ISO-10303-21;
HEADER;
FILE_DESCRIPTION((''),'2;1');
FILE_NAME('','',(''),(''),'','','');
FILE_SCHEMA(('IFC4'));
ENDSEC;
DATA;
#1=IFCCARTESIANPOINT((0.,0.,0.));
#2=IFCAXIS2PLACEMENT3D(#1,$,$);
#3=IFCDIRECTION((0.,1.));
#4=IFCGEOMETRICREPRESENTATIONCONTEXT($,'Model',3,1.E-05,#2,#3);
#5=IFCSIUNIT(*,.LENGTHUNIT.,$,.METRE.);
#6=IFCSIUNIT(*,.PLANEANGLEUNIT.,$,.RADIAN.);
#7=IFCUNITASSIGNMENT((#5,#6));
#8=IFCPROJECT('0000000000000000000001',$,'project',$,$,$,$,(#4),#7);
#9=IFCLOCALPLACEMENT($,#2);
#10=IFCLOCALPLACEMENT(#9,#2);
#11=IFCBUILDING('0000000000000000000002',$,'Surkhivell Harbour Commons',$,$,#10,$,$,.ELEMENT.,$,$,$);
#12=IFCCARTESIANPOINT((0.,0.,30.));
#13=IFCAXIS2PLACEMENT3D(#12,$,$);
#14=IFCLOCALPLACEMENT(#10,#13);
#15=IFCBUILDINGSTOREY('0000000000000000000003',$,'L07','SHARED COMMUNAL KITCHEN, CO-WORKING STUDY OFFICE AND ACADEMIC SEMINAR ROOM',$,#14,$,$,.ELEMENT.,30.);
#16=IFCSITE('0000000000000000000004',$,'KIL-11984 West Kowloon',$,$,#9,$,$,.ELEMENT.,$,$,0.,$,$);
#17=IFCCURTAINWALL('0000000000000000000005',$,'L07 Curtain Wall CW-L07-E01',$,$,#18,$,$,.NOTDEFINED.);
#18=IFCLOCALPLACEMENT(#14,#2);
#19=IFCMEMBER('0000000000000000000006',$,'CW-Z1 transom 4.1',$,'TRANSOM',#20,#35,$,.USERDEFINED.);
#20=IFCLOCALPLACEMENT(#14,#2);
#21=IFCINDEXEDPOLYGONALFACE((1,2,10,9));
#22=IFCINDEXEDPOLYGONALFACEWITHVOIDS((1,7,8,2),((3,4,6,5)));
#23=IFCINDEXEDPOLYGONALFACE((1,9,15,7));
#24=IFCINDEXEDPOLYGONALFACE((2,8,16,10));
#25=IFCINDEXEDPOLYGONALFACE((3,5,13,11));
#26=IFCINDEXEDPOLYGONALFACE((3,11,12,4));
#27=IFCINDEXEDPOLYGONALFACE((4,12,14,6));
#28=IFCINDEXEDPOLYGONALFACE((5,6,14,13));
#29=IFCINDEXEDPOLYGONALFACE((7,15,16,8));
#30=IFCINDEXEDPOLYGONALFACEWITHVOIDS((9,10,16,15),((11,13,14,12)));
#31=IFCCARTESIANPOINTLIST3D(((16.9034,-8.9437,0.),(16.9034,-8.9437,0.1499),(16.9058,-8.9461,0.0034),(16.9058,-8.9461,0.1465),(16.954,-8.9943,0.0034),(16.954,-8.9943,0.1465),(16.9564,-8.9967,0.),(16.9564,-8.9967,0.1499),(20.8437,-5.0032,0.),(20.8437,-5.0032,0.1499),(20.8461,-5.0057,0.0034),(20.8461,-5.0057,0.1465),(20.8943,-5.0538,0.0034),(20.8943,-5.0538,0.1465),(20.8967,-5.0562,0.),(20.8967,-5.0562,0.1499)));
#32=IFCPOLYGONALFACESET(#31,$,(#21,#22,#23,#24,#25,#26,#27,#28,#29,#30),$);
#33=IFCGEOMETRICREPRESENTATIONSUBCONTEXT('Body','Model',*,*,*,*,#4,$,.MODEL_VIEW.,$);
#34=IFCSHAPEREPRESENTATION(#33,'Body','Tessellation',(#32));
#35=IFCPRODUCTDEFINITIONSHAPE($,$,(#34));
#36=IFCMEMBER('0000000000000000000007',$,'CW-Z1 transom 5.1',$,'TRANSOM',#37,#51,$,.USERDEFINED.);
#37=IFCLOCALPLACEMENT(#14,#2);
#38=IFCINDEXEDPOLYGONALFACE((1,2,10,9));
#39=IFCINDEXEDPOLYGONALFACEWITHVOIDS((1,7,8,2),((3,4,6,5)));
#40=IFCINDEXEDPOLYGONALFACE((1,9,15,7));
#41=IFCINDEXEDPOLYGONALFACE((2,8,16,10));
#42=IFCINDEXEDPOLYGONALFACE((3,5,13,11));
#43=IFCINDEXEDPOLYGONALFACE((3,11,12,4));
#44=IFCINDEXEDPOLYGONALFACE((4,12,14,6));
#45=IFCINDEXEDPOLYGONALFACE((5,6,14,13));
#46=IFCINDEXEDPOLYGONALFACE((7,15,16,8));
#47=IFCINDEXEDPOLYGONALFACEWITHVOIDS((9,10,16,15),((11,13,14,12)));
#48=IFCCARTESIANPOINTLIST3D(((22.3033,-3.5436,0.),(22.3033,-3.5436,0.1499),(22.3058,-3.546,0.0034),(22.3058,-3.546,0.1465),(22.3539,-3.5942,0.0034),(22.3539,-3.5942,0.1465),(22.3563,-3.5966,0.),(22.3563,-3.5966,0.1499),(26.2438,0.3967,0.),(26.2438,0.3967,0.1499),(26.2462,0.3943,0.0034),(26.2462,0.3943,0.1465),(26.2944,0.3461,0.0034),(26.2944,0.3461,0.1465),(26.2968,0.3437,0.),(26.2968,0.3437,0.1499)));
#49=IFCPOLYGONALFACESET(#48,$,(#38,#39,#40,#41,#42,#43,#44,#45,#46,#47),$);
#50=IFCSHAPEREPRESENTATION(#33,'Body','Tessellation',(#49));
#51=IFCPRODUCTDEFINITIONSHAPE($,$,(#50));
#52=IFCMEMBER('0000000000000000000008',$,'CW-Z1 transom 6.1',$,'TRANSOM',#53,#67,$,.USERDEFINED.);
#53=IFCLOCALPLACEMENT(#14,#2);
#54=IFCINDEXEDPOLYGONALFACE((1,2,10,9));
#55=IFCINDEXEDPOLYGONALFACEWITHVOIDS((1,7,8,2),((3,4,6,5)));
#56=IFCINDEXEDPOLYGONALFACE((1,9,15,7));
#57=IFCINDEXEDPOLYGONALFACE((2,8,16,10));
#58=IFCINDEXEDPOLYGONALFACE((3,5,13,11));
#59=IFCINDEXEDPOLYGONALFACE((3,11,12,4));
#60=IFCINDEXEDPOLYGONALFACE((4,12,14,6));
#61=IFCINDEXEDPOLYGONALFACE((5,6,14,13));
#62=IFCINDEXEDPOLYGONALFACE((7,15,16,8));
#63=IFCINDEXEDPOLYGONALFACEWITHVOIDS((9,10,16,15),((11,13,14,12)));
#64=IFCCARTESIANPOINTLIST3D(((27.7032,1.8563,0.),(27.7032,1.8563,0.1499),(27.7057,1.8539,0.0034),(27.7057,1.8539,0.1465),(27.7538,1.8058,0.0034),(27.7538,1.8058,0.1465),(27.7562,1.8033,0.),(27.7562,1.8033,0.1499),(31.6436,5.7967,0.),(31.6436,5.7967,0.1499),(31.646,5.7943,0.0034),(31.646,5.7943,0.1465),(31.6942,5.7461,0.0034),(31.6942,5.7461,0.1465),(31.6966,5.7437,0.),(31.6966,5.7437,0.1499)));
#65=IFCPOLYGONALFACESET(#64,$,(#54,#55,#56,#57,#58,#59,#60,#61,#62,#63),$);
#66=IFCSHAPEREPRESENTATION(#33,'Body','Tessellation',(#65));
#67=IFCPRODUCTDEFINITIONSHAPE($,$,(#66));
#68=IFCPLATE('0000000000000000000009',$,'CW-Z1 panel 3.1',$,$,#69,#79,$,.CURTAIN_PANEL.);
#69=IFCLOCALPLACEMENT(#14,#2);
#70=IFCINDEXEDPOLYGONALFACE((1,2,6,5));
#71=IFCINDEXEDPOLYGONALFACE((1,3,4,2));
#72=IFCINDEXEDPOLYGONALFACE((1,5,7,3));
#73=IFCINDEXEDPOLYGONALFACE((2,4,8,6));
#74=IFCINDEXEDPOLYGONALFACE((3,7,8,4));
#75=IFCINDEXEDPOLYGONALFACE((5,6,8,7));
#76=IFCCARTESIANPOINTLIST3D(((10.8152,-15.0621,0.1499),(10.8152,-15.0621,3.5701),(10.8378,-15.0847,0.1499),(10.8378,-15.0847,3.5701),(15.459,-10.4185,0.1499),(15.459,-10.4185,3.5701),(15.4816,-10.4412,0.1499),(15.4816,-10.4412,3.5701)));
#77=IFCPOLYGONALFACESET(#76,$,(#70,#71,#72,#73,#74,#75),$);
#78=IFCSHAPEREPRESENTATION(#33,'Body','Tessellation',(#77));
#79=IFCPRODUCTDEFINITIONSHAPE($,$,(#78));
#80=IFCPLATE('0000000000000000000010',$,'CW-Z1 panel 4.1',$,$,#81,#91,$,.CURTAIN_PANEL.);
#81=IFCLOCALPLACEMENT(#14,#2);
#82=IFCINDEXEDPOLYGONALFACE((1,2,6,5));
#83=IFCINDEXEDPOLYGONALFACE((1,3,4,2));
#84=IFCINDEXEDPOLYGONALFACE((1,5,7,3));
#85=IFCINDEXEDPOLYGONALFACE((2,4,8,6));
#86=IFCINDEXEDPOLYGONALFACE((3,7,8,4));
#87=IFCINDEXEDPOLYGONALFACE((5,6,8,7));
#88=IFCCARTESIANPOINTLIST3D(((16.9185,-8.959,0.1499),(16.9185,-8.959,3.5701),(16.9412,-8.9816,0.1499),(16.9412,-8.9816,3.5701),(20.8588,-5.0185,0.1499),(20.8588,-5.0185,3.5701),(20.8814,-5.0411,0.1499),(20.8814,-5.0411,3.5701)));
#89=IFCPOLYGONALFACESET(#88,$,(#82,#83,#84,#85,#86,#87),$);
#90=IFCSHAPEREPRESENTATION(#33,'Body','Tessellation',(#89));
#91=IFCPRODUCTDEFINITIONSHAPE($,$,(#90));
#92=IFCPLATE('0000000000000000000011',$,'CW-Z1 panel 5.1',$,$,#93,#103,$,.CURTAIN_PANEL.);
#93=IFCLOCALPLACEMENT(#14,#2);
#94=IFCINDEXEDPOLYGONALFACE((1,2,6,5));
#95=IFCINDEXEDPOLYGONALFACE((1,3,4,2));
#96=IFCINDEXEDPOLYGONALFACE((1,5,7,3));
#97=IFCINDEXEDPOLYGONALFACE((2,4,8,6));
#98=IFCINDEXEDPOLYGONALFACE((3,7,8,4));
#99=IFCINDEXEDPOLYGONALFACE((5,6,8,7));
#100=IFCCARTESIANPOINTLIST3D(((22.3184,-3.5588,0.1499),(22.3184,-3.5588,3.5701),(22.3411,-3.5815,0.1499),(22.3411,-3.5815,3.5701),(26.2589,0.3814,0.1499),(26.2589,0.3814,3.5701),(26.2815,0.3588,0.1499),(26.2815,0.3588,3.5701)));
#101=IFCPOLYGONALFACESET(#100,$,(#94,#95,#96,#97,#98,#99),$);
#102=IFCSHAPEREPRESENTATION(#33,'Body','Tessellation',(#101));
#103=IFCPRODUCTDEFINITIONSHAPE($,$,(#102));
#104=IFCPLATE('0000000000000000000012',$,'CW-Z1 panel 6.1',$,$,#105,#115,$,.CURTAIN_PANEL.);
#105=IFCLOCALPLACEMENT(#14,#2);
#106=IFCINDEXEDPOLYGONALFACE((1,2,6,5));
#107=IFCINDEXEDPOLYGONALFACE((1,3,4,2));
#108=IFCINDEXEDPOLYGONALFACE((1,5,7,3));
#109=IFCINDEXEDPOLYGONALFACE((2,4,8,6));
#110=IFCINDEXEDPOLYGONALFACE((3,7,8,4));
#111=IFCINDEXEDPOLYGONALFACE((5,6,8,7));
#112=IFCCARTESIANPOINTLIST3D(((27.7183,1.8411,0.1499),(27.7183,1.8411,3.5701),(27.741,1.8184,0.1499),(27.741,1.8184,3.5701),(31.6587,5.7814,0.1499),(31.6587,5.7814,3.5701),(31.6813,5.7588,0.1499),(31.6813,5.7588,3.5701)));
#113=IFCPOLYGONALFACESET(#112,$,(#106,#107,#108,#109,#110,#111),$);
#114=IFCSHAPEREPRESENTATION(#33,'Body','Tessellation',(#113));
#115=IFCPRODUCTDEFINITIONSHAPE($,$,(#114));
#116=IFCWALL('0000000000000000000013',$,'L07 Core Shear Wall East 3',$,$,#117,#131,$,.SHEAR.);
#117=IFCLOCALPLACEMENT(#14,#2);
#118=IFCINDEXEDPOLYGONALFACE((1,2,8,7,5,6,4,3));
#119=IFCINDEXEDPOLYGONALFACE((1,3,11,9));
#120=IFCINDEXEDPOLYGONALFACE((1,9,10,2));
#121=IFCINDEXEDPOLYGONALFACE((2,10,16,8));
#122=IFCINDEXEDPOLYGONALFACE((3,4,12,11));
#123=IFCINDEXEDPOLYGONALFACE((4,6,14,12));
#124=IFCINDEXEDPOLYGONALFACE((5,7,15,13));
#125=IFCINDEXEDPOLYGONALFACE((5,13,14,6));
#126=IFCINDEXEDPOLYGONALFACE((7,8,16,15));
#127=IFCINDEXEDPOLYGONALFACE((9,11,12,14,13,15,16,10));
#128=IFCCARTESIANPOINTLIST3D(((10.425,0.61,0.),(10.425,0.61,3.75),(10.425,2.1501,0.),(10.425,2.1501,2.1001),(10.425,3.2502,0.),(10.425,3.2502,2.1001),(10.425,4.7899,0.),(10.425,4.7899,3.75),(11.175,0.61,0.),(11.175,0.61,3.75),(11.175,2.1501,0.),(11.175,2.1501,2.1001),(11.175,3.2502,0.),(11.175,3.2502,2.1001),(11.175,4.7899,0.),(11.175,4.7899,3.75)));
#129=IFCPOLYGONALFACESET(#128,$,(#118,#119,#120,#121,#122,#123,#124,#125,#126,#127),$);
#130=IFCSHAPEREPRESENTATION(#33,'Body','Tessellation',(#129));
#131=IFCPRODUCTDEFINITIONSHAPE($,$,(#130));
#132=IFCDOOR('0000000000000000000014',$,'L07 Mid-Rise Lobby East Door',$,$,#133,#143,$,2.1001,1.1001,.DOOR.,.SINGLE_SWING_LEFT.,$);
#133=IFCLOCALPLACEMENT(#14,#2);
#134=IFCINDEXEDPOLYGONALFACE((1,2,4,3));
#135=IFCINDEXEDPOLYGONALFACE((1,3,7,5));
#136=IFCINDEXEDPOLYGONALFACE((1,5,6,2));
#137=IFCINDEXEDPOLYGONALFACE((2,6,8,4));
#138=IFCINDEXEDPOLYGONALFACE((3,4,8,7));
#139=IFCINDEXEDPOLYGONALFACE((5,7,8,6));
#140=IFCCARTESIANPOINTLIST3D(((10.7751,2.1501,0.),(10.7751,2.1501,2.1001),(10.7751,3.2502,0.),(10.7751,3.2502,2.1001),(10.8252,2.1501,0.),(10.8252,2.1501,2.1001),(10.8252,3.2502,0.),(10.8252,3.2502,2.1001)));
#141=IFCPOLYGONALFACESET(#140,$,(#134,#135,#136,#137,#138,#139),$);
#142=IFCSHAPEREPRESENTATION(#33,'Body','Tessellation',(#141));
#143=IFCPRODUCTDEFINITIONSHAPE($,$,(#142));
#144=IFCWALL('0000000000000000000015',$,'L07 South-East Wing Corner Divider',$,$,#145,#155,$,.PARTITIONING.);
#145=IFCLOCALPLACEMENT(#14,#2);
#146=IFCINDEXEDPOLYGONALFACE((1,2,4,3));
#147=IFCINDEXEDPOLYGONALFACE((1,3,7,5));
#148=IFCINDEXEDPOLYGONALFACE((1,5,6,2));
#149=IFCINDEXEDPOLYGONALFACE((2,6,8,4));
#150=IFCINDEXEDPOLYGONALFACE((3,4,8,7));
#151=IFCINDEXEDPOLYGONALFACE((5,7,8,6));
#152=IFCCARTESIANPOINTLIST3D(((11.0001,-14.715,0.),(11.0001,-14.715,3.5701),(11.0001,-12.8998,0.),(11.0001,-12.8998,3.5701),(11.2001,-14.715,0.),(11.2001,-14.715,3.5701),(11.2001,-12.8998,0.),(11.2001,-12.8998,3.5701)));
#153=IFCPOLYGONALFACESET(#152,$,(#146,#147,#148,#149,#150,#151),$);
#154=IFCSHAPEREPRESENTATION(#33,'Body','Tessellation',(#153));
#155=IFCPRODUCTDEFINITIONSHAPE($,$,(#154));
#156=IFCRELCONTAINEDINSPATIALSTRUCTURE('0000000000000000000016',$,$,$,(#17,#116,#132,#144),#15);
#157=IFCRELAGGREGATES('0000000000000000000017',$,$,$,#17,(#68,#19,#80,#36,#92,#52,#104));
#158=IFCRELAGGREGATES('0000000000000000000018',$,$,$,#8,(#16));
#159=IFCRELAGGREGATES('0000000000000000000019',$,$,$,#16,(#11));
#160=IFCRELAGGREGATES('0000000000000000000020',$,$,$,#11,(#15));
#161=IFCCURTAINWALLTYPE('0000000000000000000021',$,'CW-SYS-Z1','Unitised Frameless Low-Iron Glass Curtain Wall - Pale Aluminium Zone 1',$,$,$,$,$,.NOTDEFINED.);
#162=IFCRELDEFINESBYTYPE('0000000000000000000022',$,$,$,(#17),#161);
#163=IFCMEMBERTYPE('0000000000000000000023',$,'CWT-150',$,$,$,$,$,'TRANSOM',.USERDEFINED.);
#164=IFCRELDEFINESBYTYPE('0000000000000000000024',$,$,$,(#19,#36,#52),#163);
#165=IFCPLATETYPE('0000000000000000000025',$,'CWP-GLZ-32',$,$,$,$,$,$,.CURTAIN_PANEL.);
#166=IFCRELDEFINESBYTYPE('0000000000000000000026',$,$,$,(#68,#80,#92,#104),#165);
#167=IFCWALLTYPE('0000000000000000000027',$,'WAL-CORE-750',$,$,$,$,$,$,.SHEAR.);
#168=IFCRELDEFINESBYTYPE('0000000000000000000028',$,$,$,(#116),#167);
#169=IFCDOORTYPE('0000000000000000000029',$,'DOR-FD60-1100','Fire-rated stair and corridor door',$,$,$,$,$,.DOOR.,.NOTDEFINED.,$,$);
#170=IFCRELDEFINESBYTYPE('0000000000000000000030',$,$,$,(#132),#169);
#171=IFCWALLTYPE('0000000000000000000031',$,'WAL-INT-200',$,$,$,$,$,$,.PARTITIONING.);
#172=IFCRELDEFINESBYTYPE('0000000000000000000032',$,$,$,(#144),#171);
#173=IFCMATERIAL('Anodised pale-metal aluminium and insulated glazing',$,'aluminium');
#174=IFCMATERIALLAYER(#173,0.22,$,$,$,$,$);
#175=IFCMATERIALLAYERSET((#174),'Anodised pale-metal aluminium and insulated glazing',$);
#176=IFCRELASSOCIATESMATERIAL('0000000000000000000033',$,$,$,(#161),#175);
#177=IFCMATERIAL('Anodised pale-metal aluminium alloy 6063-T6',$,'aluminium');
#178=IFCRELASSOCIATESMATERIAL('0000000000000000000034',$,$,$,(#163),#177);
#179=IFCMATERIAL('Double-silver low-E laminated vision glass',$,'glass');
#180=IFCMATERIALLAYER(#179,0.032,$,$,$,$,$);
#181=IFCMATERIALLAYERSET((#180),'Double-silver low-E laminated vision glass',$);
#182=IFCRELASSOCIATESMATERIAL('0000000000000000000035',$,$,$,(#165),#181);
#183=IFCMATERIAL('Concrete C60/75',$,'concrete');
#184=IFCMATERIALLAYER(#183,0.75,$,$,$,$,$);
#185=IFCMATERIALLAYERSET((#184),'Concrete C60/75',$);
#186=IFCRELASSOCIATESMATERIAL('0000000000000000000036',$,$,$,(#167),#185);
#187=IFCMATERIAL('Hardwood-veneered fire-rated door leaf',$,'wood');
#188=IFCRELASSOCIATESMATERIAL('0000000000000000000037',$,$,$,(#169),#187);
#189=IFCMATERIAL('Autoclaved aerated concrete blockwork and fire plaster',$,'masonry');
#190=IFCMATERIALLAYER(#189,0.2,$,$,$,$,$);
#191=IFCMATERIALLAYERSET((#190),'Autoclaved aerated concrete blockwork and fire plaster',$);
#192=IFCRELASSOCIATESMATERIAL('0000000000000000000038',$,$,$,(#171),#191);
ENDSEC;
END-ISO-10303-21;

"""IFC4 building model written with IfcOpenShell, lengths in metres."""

from ifc_helpers import new_model, si_unit, direction, frame, frame_2d, origin, origin_2d, place, context, subcontext, project, spatial, rectangle, hollow_rectangle, extrude, material, layer, layer_set, material_profile, profile_set, type_object, element, fill, aggregate, save


model = new_model("IFC4")

# Units and contexts
model_context = context("Model", 3, precision=1e-05, world=origin(), true_north=direction((0.0, 1.0)))
body_context = subcontext(model_context, "Body", "Model", "MODEL_VIEW")
ifc_project = project(units=[si_unit("LENGTHUNIT", "METRE"), si_unit("PLANEANGLEUNIT", "RADIAN")], contexts=[model_context])

# Site, building, storey
site_placement = place(None, origin())
site = spatial("IfcSite", under=ifc_project, at=site_placement, Name="KIL-11984 West Kowloon", CompositionType="ELEMENT", RefElevation=0.0)
building_placement = place(site_placement, origin())
building = spatial("IfcBuilding", under=site, at=building_placement, Name="Surkhivell Harbour Commons", CompositionType="ELEMENT")
storey_placement = place(building_placement, frame((0.0, 0.0, 30.0)))
storey = spatial("IfcBuildingStorey", under=building, at=storey_placement, Name="L07", Description="SHARED COMMUNAL KITCHEN, CO-WORKING STUDY OFFICE AND ACADEMIC SEMINAR ROOM", CompositionType="ELEMENT", Elevation=30.0)

# Curtain wall, members, plates
ifc_material_1 = material(Name="Anodised pale-metal aluminium and insulated glazing", Category="aluminium")
ifc_layer_1 = layer(ifc_material_1, 0.22)
ifc_layer_set_1 = layer_set([ifc_layer_1], Name="Anodised pale-metal aluminium and insulated glazing")
curtain_wall_type = type_object("IfcCurtainWallType", Name="CW-SYS-Z1", Description="Unitised Frameless Low-Iron Glass Curtain Wall - Pale Aluminium Zone 1", PredefinedType="NOTDEFINED", material=ifc_layer_set_1)
curtain_wall_placement = place(storey_placement, origin())
curtain_wall = element("IfcCurtainWall", 1, at=curtain_wall_placement, inside=storey, type_object=curtain_wall_type, Name="L07 Curtain Wall CW-L07-E01", PredefinedType="NOTDEFINED")
ifc_material_2 = material(Name="Anodised pale-metal aluminium alloy 6063-T6", Category="aluminium")
ifc_material_profile_1 = material_profile(ifc_material_2, hollow_rectangle(XDim=0.075, YDim=0.1499, WallThickness=0.0034, at=origin_2d()), Name="ALU-TRAN-75x150")
ifc_profile_set_1 = profile_set([ifc_material_profile_1], Name="Anodised pale-metal aluminium alloy 6063-T6")
member_type_1 = type_object("IfcMemberType", Name="CWT-150", ElementType="TRANSOM", PredefinedType="USERDEFINED", material=ifc_profile_set_1)
member_1_placement = place(storey_placement, frame((16.9299, -8.9702, 0.075), z_axis=(0.707085, 0.707129, 0.0), x_axis=(-0.707129, 0.707085, 0.0)))
member_1 = element("IfcMember", 2, at=member_1_placement, type_object=member_type_1, Name="CW-Z1 transom 4.1", ObjectType="TRANSOM", PredefinedType="USERDEFINED", context=body_context, shape_type="SweptSolid", body=[
    extrude(hollow_rectangle(XDim=0.075, YDim=0.1499, WallThickness=0.0034, at=origin_2d()), origin(), (0.0, 0.0, 1.0), 5.5725),
])
member_2_placement = place(storey_placement, frame((22.3298, -3.5701, 0.075), z_axis=(0.707129, 0.707085, 0.0), x_axis=(-0.707085, 0.707129, 0.0)))
member_2 = element("IfcMember", 3, at=member_2_placement, type_object=member_type_1, Name="CW-Z1 transom 5.1", ObjectType="TRANSOM", PredefinedType="USERDEFINED", context=body_context, shape_type="SweptSolid", body=[
    extrude(hollow_rectangle(XDim=0.075, YDim=0.1499, WallThickness=0.0034, at=origin_2d()), origin(), (0.0, 0.0, 1.0), 5.5725),
])
member_3_placement = place(storey_placement, frame((27.7297, 1.8298, 0.075), z_axis=(0.707107, 0.707107, 0.0), x_axis=(-0.707107, 0.707107, 0.0)))
member_3 = element("IfcMember", 4, at=member_3_placement, type_object=member_type_1, Name="CW-Z1 transom 6.1", ObjectType="TRANSOM", PredefinedType="USERDEFINED", context=body_context, shape_type="SweptSolid", body=[
    extrude(hollow_rectangle(XDim=0.075, YDim=0.1499, WallThickness=0.0034, at=origin_2d()), origin(), (0.0, 0.0, 1.0), 5.5725),
])
ifc_material_3 = material(Name="Double-silver low-E laminated vision glass", Category="glass")
ifc_layer_2 = layer(ifc_material_3, 0.032)
ifc_layer_set_2 = layer_set([ifc_layer_2], Name="Double-silver low-E laminated vision glass")
plate_type = type_object("IfcPlateType", Name="CWP-GLZ-32", PredefinedType="CURTAIN_PANEL", material=ifc_layer_set_2)
plate_1_placement = place(storey_placement, frame((10.8264, -15.0735, 0.1499), z_axis=(0.0, 0.0, 1.0), x_axis=(0.707125, 0.707088, 0.0)))
plate_1 = element("IfcPlate", 5, at=plate_1_placement, type_object=plate_type, Name="CW-Z1 panel 3.1", PredefinedType="CURTAIN_PANEL", context=body_context, shape_type="SweptSolid", body=[
    extrude(rectangle(XDim=6.5671, YDim=0.032, at=frame_2d((3.2837, 0.0))), origin(), (0.0, 0.0, 1.0), 3.4202),
])
plate_2_placement = place(storey_placement, frame((16.9299, -8.9702, 0.1499), z_axis=(0.0, 0.0, 1.0), x_axis=(0.707085, 0.707129, 0.0)))
plate_2 = element("IfcPlate", 6, at=plate_2_placement, type_object=plate_type, Name="CW-Z1 panel 4.1", PredefinedType="CURTAIN_PANEL", context=body_context, shape_type="SweptSolid", body=[
    extrude(rectangle(XDim=5.5725, YDim=0.032, at=frame_2d((2.7861, 0.0))), origin(), (0.0, 0.0, 1.0), 3.4202),
])
plate_3_placement = place(storey_placement, frame((22.3298, -3.5701, 0.1499), z_axis=(0.0, 0.0, 1.0), x_axis=(0.707129, 0.707085, 0.0)))
plate_3 = element("IfcPlate", 7, at=plate_3_placement, type_object=plate_type, Name="CW-Z1 panel 5.1", PredefinedType="CURTAIN_PANEL", context=body_context, shape_type="SweptSolid", body=[
    extrude(rectangle(XDim=5.5725, YDim=0.032, at=frame_2d((2.7861, 0.0))), origin(), (0.0, 0.0, 1.0), 3.4202),
])
plate_4_placement = place(storey_placement, frame((27.7297, 1.8298, 0.1499), z_axis=(0.0, 0.0, 1.0), x_axis=(0.707107, 0.707107, 0.0)))
plate_4 = element("IfcPlate", 8, at=plate_4_placement, type_object=plate_type, Name="CW-Z1 panel 6.1", PredefinedType="CURTAIN_PANEL", context=body_context, shape_type="SweptSolid", body=[
    extrude(rectangle(XDim=5.5725, YDim=0.032, at=frame_2d((2.7861, 0.0))), origin(), (0.0, 0.0, 1.0), 3.4202),
])
aggregate(curtain_wall, [plate_1, member_1, plate_2, member_2, plate_3, member_3, plate_4])

# Wall, opening, door
ifc_material_4 = material(Name="Concrete C60/75", Category="concrete")
ifc_layer_3 = layer(ifc_material_4, 0.75)
ifc_layer_set_3 = layer_set([ifc_layer_3], Name="Concrete C60/75")
wall_type_1 = type_object("IfcWallType", Name="WAL-CORE-750", PredefinedType="SHEAR", material=ifc_layer_set_3)
wall_1_placement = place(storey_placement, frame((10.8, 0.6101, 0.0), z_axis=(0.0, 0.0, 1.0), x_axis=(0.0, 1.0, 0.0)))
wall_1 = element("IfcWall", 9, at=wall_1_placement, inside=storey, type_object=wall_type_1, Name="L07 Core Shear Wall East 3", PredefinedType="SHEAR", context=body_context, shape_type="SweptSolid", body=[
    extrude(rectangle(XDim=4.1799, YDim=0.75, at=frame_2d((2.0898, 0.0))), origin(), (0.0, 0.0, 1.0), 3.75),
])
opening_1_placement = place(wall_1_placement, frame((1.54, 0.0, 0.0)))
opening_1 = element("IfcOpeningElement", 10, at=opening_1_placement, cuts=wall_1, PredefinedType="OPENING", context=body_context, shape_type="SweptSolid", body=[
    extrude(rectangle(XDim=1.1001, YDim=2.1001, at=frame_2d((0.55, 1.05))), frame((0.0, 0.385, 0.0), z_axis=(0.0, -1.0, 0.0), x_axis=(1.0, 0.0, 0.0)), (0.0, 0.0, 1.0), 0.77),
])
ifc_material_5 = material(Name="Hardwood-veneered fire-rated door leaf", Category="wood")
door_type_1 = type_object("IfcDoorType", Name="DOR-FD60-1100", Description="Fire-rated stair and corridor door", OperationType="NOTDEFINED", PredefinedType="DOOR", material=ifc_material_5)
door_1_placement = place(opening_1_placement, origin())
door_1 = element("IfcDoor", 11, at=door_1_placement, inside=storey, type_object=door_type_1, Name="L07 Mid-Rise Lobby East Door", OperationType="SINGLE_SWING_LEFT", OverallHeight=2.1001, OverallWidth=1.1001, PredefinedType="DOOR", context=body_context, shape_type="SweptSolid", body=[
    extrude(rectangle(XDim=1.1001, YDim=2.1001, at=frame_2d((0.55, 1.05))), frame((0.0, 0.0249, 0.0), z_axis=(0.0, -1.0, 0.0), x_axis=(1.0, 0.0, 0.0)), (0.0, 0.0, 1.0), 0.05),
])
fill(opening_1, door_1)

# Wall
ifc_material_6 = material(Name="Autoclaved aerated concrete blockwork and fire plaster", Category="masonry")
ifc_layer_4 = layer(ifc_material_6, 0.2)
ifc_layer_set_4 = layer_set([ifc_layer_4], Name="Autoclaved aerated concrete blockwork and fire plaster")
wall_type_2 = type_object("IfcWallType", Name="WAL-INT-200", PredefinedType="PARTITIONING", material=ifc_layer_set_4)
wall_2_placement = place(storey_placement, frame((11.1001, -14.7151, 0.0), z_axis=(0.0, 0.0, 1.0), x_axis=(0.0, 1.0, 0.0)))
element("IfcWall", 12, at=wall_2_placement, inside=storey, type_object=wall_type_2, Name="L07 South-East Wing Corner Divider", PredefinedType="PARTITIONING", context=body_context, shape_type="SweptSolid", body=[
    extrude(rectangle(XDim=1.8152, YDim=0.2, at=frame_2d((0.9077, 0.0))), origin(), (0.0, 0.0, 1.0), 3.5701),
])

save(model, "model.ifc")
